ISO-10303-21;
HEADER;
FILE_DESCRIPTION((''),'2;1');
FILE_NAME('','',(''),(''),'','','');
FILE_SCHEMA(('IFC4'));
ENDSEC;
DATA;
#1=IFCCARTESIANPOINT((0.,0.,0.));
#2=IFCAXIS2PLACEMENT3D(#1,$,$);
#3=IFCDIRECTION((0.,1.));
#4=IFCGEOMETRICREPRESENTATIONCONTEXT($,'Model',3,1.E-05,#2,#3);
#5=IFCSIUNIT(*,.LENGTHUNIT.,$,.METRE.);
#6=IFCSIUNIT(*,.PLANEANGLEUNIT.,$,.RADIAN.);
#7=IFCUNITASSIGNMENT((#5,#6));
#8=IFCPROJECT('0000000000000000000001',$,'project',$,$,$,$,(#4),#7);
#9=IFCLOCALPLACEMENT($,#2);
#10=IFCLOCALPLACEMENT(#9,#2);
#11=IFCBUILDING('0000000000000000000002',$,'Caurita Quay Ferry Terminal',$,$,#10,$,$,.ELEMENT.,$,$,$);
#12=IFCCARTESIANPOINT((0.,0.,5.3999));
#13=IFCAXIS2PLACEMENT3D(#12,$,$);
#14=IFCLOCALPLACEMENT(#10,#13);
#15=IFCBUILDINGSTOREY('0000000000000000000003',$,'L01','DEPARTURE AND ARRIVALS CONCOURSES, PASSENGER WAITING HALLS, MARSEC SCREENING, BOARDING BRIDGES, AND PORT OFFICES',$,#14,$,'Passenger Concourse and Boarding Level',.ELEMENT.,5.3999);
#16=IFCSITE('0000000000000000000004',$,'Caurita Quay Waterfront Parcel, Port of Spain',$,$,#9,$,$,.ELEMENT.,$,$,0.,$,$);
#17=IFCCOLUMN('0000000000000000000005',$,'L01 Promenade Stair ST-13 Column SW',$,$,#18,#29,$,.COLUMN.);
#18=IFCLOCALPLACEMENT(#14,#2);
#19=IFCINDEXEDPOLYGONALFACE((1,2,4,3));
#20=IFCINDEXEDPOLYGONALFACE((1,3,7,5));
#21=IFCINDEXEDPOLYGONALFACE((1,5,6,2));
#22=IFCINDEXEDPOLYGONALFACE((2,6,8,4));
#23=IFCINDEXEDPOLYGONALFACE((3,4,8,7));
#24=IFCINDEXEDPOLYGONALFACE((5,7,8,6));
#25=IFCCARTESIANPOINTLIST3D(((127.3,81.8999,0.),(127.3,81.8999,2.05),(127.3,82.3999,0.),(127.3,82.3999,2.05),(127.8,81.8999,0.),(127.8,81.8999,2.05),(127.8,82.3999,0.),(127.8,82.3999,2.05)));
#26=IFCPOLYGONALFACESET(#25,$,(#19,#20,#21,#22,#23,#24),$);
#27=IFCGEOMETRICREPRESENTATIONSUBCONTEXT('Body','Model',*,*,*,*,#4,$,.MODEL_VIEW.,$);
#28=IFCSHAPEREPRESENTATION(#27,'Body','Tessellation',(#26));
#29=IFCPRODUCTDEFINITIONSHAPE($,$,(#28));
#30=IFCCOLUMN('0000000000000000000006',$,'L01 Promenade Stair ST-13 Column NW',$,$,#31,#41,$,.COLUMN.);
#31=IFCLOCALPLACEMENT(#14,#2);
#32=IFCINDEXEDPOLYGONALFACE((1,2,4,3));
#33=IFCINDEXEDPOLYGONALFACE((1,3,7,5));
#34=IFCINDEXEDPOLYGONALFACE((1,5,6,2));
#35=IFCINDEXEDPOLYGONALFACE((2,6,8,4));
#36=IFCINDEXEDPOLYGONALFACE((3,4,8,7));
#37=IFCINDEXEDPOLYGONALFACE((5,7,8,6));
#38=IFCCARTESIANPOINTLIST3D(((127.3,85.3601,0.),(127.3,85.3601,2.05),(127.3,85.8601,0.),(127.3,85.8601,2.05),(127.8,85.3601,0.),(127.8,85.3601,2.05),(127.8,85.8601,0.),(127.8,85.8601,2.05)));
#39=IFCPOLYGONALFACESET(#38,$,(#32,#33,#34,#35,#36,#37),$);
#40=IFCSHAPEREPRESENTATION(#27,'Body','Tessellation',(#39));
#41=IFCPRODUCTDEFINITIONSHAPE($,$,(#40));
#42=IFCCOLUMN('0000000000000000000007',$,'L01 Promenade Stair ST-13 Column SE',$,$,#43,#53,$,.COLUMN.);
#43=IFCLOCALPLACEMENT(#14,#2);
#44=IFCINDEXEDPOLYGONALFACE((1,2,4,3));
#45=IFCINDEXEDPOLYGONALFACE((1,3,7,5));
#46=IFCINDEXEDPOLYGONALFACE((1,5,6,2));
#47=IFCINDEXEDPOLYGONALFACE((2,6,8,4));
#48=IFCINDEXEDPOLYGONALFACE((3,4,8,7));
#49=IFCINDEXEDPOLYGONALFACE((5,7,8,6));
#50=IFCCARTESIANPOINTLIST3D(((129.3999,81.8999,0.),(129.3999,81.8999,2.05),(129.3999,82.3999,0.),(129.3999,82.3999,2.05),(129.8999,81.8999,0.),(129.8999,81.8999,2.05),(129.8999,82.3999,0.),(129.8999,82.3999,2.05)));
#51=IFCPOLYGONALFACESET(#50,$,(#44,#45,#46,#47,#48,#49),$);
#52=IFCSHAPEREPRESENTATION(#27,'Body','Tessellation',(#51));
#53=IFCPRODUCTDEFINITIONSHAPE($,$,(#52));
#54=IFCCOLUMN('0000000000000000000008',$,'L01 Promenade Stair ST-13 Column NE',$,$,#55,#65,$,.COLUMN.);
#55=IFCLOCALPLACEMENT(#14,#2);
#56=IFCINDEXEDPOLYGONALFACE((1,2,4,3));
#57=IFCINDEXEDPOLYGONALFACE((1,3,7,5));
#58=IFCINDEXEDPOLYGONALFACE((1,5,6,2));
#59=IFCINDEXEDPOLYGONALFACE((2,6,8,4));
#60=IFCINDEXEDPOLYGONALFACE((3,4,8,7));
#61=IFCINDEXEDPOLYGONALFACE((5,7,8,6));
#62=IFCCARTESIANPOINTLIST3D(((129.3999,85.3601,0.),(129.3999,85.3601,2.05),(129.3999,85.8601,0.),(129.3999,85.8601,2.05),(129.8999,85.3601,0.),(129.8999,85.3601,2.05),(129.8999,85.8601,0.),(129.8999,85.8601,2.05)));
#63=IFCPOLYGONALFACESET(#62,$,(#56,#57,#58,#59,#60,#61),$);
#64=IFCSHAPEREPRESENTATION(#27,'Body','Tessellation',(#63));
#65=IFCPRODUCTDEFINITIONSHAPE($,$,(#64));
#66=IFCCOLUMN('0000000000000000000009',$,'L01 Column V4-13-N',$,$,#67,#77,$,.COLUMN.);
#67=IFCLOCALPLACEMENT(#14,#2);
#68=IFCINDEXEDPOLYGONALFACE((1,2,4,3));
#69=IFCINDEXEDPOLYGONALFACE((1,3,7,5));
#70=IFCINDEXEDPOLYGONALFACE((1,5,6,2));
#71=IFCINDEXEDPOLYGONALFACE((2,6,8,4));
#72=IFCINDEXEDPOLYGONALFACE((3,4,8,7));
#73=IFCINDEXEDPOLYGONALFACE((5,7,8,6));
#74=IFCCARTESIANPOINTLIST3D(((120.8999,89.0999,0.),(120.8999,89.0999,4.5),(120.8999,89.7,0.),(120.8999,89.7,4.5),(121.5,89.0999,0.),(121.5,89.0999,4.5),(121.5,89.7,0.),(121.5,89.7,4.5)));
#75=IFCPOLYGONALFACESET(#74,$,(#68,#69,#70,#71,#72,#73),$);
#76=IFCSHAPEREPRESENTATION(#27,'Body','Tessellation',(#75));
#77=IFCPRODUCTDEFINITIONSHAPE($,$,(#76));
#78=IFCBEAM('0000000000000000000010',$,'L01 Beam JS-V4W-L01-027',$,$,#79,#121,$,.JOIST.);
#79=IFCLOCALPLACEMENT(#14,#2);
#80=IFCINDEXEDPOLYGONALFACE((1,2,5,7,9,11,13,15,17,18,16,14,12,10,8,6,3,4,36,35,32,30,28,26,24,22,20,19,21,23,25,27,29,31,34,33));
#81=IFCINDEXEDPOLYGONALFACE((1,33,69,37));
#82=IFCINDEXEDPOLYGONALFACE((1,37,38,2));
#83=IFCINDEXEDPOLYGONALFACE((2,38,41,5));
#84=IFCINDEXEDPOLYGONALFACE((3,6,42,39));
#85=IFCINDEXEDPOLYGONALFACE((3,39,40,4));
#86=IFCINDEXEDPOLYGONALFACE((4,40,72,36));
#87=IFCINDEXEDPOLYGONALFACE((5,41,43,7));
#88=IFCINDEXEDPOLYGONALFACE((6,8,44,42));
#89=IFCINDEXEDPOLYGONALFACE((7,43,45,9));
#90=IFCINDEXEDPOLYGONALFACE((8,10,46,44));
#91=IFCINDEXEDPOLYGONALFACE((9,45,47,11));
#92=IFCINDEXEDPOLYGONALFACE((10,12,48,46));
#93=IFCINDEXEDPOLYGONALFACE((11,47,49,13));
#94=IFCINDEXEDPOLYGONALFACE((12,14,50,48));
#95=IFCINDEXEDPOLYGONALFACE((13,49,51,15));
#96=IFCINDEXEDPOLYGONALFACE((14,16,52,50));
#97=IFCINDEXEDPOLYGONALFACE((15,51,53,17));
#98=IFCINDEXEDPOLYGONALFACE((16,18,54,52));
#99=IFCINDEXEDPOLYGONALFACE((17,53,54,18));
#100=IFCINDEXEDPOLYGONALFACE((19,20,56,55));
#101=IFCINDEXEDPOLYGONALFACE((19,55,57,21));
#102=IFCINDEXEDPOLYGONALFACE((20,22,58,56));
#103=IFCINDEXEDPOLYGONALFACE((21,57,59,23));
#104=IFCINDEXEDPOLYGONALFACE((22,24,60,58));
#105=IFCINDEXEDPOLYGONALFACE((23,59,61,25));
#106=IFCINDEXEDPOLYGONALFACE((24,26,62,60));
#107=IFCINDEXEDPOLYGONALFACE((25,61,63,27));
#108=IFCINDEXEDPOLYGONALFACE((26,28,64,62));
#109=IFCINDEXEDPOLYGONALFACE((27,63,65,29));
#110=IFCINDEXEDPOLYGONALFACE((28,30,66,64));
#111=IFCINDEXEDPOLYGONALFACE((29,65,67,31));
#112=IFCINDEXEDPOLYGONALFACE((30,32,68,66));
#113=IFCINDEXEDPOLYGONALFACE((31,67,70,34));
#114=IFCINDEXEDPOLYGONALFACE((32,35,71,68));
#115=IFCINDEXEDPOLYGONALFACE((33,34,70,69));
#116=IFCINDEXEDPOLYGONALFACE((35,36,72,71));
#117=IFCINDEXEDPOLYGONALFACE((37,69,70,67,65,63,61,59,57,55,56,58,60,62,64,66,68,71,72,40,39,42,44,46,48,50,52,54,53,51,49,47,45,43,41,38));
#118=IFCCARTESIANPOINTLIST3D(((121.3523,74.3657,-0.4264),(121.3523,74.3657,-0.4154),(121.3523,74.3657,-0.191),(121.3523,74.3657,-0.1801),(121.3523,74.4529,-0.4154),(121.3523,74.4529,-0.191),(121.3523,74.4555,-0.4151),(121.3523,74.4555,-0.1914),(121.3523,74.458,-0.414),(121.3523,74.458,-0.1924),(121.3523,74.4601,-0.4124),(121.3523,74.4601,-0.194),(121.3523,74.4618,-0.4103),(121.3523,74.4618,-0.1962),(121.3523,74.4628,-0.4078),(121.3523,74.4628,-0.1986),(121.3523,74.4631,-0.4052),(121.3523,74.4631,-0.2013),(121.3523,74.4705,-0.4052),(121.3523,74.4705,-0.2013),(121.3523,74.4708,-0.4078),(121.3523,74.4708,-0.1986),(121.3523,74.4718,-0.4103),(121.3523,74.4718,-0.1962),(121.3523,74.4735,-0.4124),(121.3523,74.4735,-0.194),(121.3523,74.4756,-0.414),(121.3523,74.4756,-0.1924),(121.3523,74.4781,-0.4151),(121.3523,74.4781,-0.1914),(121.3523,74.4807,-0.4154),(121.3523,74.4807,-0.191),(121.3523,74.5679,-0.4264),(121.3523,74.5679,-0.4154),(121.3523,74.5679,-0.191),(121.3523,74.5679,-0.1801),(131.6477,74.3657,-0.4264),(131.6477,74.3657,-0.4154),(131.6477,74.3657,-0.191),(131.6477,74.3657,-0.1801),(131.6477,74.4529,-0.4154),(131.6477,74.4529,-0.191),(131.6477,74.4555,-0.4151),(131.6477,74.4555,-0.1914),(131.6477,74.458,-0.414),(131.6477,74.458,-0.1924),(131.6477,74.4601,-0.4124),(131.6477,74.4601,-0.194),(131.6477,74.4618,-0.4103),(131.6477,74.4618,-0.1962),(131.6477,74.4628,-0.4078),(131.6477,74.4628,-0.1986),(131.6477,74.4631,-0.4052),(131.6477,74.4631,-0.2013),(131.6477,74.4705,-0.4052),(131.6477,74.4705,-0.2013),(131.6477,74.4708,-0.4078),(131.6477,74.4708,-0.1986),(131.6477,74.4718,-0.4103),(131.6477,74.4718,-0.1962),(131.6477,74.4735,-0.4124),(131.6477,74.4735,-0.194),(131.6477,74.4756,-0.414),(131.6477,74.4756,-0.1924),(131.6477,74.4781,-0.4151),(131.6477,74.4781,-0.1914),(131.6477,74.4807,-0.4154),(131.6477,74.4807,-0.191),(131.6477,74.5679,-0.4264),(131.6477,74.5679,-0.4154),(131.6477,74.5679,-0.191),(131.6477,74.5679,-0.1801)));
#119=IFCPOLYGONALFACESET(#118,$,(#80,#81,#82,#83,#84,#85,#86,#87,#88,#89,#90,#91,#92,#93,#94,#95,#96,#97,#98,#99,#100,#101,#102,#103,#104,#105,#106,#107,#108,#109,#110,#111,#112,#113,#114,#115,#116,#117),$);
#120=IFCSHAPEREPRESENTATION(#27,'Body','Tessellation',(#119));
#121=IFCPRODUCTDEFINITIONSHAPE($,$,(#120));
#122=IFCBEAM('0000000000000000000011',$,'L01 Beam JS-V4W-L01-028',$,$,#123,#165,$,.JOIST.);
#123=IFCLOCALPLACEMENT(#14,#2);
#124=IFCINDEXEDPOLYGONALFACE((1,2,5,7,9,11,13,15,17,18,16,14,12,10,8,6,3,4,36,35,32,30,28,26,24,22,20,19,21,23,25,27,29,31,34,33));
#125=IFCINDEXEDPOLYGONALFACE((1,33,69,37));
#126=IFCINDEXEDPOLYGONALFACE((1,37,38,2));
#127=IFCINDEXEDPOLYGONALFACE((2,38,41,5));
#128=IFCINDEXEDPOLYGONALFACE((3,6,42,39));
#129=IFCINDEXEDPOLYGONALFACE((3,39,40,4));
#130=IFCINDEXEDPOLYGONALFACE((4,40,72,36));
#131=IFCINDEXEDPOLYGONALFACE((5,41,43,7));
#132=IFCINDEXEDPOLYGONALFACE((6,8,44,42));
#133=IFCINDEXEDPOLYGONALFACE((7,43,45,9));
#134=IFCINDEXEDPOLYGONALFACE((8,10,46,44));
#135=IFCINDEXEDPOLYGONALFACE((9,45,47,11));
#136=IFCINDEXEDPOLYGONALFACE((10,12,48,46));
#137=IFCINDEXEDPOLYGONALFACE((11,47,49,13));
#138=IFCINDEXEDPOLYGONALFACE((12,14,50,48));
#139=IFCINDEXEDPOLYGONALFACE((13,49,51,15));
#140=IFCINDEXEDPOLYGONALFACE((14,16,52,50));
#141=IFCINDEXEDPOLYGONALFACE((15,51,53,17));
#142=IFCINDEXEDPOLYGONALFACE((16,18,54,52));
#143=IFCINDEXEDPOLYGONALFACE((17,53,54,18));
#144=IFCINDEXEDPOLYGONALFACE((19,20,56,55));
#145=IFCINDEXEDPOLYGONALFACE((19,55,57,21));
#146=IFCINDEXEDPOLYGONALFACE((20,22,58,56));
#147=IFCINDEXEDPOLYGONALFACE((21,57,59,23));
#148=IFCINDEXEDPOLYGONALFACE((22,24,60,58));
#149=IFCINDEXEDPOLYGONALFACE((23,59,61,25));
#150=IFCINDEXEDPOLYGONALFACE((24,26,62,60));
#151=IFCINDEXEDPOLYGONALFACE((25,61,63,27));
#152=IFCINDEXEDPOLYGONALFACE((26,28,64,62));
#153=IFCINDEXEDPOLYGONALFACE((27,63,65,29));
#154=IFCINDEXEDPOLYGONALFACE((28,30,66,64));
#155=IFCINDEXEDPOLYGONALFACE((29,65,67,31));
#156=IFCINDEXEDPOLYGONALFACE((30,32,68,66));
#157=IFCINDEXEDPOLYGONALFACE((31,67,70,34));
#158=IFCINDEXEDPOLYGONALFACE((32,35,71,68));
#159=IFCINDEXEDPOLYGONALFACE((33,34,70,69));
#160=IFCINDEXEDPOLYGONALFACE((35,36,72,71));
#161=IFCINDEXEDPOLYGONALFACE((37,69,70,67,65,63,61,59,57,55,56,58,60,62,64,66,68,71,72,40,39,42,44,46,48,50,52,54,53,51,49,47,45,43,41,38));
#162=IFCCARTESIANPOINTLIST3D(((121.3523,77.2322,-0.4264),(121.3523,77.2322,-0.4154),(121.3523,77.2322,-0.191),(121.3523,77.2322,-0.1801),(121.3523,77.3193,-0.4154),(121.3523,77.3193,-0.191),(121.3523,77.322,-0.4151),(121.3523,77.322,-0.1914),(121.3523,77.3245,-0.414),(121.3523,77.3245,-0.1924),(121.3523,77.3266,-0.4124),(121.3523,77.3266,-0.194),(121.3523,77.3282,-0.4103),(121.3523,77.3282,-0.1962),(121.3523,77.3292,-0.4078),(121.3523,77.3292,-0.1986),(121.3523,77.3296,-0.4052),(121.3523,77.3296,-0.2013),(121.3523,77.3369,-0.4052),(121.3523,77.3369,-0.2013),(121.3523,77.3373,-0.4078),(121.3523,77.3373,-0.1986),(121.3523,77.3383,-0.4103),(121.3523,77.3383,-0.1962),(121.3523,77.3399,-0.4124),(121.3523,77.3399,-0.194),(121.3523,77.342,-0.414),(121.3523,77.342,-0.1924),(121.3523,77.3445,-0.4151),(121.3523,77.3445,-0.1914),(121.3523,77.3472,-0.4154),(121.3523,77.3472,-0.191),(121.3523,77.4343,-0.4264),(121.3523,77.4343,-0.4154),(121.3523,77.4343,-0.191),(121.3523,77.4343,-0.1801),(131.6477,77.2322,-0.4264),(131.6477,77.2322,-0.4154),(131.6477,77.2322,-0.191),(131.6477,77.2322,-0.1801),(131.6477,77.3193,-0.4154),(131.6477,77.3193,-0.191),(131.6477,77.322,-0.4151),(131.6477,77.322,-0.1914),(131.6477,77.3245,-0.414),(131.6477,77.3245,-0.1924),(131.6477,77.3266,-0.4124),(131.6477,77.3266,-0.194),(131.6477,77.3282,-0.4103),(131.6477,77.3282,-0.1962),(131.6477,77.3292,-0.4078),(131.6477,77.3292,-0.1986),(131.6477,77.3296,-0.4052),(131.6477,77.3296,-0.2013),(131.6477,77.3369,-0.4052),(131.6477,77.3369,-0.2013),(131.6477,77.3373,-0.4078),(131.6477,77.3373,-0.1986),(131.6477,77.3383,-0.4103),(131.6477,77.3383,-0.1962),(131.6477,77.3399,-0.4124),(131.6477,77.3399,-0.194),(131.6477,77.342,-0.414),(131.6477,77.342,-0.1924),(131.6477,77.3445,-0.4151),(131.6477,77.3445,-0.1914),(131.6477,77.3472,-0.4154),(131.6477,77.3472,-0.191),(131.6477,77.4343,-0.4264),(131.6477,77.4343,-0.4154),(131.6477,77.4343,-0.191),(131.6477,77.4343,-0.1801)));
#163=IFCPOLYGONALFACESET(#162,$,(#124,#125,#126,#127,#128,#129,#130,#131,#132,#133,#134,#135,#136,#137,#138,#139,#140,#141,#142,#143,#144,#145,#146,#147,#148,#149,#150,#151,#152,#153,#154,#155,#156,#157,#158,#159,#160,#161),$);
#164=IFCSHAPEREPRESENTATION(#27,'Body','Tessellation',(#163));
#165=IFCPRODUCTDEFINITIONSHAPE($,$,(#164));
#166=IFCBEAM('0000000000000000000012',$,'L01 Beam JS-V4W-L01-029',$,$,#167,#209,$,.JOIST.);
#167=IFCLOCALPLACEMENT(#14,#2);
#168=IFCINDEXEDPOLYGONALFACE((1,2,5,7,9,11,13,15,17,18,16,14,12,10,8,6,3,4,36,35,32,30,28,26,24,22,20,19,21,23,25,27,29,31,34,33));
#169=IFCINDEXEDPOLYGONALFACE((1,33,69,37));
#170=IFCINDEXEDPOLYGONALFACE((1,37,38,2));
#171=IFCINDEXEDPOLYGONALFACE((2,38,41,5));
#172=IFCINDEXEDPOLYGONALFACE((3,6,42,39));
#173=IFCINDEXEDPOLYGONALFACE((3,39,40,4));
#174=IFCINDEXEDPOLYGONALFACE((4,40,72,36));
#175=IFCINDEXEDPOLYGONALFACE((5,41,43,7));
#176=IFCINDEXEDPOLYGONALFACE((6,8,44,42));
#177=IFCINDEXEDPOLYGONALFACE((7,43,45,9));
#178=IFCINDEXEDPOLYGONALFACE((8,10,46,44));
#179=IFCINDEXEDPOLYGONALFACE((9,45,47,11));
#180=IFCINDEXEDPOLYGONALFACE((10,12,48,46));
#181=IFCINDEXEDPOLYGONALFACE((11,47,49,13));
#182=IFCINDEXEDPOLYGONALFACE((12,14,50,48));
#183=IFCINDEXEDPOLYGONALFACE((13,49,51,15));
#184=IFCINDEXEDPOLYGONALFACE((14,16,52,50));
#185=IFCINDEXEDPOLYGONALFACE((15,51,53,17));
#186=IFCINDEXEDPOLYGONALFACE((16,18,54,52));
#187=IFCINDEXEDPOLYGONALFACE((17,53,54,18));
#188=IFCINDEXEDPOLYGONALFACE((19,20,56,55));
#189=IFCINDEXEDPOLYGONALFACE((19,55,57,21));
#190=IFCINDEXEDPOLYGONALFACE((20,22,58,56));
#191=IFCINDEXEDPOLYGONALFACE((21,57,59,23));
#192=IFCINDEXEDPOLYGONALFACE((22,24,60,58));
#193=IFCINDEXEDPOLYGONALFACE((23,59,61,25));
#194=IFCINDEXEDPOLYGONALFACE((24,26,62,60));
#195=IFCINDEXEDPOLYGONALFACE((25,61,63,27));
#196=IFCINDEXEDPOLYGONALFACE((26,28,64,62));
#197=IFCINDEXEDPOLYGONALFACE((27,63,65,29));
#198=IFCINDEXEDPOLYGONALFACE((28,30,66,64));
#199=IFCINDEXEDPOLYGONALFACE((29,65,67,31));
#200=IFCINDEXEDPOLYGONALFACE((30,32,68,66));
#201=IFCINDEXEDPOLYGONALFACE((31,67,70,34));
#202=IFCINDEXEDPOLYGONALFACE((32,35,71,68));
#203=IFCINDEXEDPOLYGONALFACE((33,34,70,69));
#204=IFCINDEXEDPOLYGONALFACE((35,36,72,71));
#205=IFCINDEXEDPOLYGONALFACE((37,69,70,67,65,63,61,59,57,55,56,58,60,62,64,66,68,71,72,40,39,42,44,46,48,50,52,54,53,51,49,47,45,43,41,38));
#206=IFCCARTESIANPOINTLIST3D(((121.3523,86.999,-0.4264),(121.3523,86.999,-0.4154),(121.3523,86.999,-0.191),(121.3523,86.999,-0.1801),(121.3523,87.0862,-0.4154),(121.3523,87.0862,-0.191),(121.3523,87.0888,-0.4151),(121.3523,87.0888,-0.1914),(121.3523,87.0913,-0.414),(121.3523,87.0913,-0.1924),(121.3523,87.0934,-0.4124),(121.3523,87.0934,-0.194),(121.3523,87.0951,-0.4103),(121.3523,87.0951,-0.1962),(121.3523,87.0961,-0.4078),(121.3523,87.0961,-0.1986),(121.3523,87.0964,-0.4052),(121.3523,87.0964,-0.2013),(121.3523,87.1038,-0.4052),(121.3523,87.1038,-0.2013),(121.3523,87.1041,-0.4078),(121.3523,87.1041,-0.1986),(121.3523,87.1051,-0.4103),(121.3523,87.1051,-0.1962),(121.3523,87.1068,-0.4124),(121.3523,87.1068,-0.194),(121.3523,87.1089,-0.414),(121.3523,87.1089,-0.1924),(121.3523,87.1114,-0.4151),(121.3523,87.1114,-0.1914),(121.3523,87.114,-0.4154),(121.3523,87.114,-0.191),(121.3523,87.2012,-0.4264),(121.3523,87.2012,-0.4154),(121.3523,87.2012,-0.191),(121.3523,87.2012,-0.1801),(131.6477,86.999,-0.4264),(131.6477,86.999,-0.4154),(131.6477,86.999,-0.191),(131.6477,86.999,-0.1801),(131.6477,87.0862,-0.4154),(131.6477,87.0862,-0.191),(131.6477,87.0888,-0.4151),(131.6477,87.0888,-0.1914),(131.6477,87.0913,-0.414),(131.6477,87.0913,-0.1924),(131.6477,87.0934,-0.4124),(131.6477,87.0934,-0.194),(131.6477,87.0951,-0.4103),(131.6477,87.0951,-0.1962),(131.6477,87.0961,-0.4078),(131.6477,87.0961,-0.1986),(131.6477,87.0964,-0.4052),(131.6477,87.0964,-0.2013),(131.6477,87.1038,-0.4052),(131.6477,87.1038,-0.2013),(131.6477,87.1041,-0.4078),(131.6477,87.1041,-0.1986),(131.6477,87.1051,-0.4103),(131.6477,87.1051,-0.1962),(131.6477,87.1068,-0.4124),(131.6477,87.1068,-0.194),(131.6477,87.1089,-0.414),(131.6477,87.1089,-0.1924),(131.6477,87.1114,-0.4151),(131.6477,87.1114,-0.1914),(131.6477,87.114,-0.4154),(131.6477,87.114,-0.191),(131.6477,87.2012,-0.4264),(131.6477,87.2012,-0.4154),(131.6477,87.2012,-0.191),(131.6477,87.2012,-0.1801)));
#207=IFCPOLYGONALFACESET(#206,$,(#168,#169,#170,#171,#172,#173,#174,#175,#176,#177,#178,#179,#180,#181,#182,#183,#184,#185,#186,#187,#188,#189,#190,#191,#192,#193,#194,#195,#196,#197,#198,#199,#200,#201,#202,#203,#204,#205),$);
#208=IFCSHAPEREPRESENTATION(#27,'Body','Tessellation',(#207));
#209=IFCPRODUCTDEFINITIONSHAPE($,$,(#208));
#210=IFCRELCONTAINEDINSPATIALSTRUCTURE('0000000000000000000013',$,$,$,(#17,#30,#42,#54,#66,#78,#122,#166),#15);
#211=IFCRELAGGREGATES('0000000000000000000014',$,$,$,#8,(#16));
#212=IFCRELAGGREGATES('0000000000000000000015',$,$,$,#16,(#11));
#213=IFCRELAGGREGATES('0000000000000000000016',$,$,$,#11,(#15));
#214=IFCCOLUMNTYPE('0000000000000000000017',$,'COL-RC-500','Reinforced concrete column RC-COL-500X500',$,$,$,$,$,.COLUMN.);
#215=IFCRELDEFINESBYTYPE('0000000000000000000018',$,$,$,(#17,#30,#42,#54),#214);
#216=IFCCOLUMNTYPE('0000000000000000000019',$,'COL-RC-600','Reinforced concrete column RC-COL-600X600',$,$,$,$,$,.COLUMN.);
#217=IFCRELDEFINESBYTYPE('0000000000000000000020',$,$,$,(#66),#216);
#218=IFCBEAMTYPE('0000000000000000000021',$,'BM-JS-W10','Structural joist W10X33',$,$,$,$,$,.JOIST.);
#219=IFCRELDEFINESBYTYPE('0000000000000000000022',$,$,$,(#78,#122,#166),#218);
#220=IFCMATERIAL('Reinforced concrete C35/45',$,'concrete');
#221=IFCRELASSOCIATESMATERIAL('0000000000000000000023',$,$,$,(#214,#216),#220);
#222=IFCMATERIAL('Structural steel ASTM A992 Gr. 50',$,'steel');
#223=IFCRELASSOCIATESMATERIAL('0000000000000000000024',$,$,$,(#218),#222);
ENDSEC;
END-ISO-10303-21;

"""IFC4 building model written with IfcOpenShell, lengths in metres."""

from ifc_helpers import new_model, si_unit, direction, frame, origin, origin_2d, place, context, subcontext, project, spatial, rectangle, i_section, extrude, material, material_profile, profile_set, type_object, element, save


model = new_model("IFC4")

# Units and contexts
model_context = context("Model", 3, precision=1e-05, world=origin(), true_north=direction((0.0, 1.0)))
body_context = subcontext(model_context, "Body", "Model", "MODEL_VIEW")
ifc_project = project(units=[si_unit("LENGTHUNIT", "METRE"), si_unit("PLANEANGLEUNIT", "RADIAN")], contexts=[model_context])

# Site, building, storey
site_placement = place(None, origin())
site = spatial("IfcSite", under=ifc_project, at=site_placement, Name="Caurita Quay Waterfront Parcel, Port of Spain", CompositionType="ELEMENT", RefElevation=0.0)
building_placement = place(site_placement, origin())
building = spatial("IfcBuilding", under=site, at=building_placement, Name="Caurita Quay Ferry Terminal", CompositionType="ELEMENT")
storey_placement = place(building_placement, frame((0.0, 0.0, 5.3999)))
storey = spatial("IfcBuildingStorey", under=building, at=storey_placement, Name="L01", Description="DEPARTURE AND ARRIVALS CONCOURSES, PASSENGER WAITING HALLS, MARSEC SCREENING, BOARDING BRIDGES, AND PORT OFFICES", LongName="Passenger Concourse and Boarding Level", CompositionType="ELEMENT", Elevation=5.3999)

# Columns
ifc_material_1 = material(Name="Reinforced concrete C35/45", Category="concrete")
ifc_material_profile_1 = material_profile(ifc_material_1, rectangle(XDim=0.5, YDim=0.5, at=origin_2d()), Name="RC-COL-500X500")
ifc_profile_set_1 = profile_set([ifc_material_profile_1], Name="Reinforced concrete C35/45")
column_type_1 = type_object("IfcColumnType", Name="COL-RC-500", Description="Reinforced concrete column RC-COL-500X500", PredefinedType="COLUMN", material=ifc_profile_set_1)
for number, where, z_axis, x_axis, name in (
    (1, (127.55, 82.1499, 0.0), (0.0, 0.0, 1.0), (1.0, 0.0, 0.0), "L01 Promenade Stair ST-13 Column SW"),
    (2, (127.55, 85.6101, 0.0), (0.0, 0.0, 1.0), (1.0, 0.0, 0.0), "L01 Promenade Stair ST-13 Column NW"),
    (3, (129.6499, 82.1499, 0.0), (0.0, 0.0, 1.0), (1.0, 0.0, 0.0), "L01 Promenade Stair ST-13 Column SE"),
    (4, (129.6499, 85.6101, 0.0), (0.0, 0.0, 1.0), (1.0, 0.0, 0.0), "L01 Promenade Stair ST-13 Column NE"),
):
    element("IfcColumn", number, at=place(storey_placement, frame(where, z_axis=z_axis, x_axis=x_axis)), inside=storey, type_object=column_type_1, Name=name, PredefinedType="COLUMN", context=body_context, shape_type="SweptSolid", body=[
        extrude(rectangle(XDim=0.5, YDim=0.5, at=origin_2d()), origin(), (0.0, 0.0, 1.0), 2.05),
    ])
ifc_material_profile_2 = material_profile(ifc_material_1, rectangle(XDim=0.6001, YDim=0.6001, at=origin_2d()), Name="RC-COL-600X600")
ifc_profile_set_2 = profile_set([ifc_material_profile_2], Name="Reinforced concrete C35/45")
column_type_2 = type_object("IfcColumnType", Name="COL-RC-600", Description="Reinforced concrete column RC-COL-600X600", PredefinedType="COLUMN", material=ifc_profile_set_2)
column_placement = place(storey_placement, frame((121.2, 89.3999, 0.0), z_axis=(0.0, 0.0, 1.0), x_axis=(1.0, 0.0, 0.0)))
element("IfcColumn", 5, at=column_placement, inside=storey, type_object=column_type_2, Name="L01 Column V4-13-N", PredefinedType="COLUMN", context=body_context, shape_type="SweptSolid", body=[
    extrude(rectangle(XDim=0.6001, YDim=0.6001, at=origin_2d()), origin(), (0.0, 0.0, 1.0), 4.5),
])

# Beams
ifc_material_2 = material(Name="Structural steel ASTM A992 Gr. 50", Category="steel")
ifc_material_profile_3 = material_profile(ifc_material_2, i_section(OverallWidth=0.2021, OverallDepth=0.2463, WebThickness=0.0073, FlangeThickness=0.011, FilletRadius=0.0103, at=origin_2d()), Name="W10X33")
ifc_profile_set_3 = profile_set([ifc_material_profile_3], Name="Structural steel ASTM A992 Gr. 50")
beam_type_1 = type_object("IfcBeamType", Name="BM-JS-W10", Description="Structural joist W10X33", PredefinedType="JOIST", material=ifc_profile_set_3)
for number, where, z_axis, x_axis, name in (
    (6, (121.3523, 74.4668, -0.3032), (1.0, 0.0, 0.0), (0.0, 1.0, 0.0), "L01 Beam JS-V4W-L01-027"),
    (7, (121.3523, 77.3333, -0.3032), (1.0, 0.0, 0.0), (0.0, 1.0, 0.0), "L01 Beam JS-V4W-L01-028"),
    (8, (121.3523, 87.1001, -0.3032), (1.0, 0.0, 0.0), (0.0, 1.0, 0.0), "L01 Beam JS-V4W-L01-029"),
):
    element("IfcBeam", number, at=place(storey_placement, frame(where, z_axis=z_axis, x_axis=x_axis)), inside=storey, type_object=beam_type_1, Name=name, PredefinedType="JOIST", context=body_context, shape_type="SweptSolid", body=[
        extrude(i_section(OverallWidth=0.2021, OverallDepth=0.2463, WebThickness=0.0073, FlangeThickness=0.011, FilletRadius=0.0103, at=origin_2d()), origin(), (0.0, 0.0, 1.0), 10.2954),
    ])

save(model, "model.ifc")
